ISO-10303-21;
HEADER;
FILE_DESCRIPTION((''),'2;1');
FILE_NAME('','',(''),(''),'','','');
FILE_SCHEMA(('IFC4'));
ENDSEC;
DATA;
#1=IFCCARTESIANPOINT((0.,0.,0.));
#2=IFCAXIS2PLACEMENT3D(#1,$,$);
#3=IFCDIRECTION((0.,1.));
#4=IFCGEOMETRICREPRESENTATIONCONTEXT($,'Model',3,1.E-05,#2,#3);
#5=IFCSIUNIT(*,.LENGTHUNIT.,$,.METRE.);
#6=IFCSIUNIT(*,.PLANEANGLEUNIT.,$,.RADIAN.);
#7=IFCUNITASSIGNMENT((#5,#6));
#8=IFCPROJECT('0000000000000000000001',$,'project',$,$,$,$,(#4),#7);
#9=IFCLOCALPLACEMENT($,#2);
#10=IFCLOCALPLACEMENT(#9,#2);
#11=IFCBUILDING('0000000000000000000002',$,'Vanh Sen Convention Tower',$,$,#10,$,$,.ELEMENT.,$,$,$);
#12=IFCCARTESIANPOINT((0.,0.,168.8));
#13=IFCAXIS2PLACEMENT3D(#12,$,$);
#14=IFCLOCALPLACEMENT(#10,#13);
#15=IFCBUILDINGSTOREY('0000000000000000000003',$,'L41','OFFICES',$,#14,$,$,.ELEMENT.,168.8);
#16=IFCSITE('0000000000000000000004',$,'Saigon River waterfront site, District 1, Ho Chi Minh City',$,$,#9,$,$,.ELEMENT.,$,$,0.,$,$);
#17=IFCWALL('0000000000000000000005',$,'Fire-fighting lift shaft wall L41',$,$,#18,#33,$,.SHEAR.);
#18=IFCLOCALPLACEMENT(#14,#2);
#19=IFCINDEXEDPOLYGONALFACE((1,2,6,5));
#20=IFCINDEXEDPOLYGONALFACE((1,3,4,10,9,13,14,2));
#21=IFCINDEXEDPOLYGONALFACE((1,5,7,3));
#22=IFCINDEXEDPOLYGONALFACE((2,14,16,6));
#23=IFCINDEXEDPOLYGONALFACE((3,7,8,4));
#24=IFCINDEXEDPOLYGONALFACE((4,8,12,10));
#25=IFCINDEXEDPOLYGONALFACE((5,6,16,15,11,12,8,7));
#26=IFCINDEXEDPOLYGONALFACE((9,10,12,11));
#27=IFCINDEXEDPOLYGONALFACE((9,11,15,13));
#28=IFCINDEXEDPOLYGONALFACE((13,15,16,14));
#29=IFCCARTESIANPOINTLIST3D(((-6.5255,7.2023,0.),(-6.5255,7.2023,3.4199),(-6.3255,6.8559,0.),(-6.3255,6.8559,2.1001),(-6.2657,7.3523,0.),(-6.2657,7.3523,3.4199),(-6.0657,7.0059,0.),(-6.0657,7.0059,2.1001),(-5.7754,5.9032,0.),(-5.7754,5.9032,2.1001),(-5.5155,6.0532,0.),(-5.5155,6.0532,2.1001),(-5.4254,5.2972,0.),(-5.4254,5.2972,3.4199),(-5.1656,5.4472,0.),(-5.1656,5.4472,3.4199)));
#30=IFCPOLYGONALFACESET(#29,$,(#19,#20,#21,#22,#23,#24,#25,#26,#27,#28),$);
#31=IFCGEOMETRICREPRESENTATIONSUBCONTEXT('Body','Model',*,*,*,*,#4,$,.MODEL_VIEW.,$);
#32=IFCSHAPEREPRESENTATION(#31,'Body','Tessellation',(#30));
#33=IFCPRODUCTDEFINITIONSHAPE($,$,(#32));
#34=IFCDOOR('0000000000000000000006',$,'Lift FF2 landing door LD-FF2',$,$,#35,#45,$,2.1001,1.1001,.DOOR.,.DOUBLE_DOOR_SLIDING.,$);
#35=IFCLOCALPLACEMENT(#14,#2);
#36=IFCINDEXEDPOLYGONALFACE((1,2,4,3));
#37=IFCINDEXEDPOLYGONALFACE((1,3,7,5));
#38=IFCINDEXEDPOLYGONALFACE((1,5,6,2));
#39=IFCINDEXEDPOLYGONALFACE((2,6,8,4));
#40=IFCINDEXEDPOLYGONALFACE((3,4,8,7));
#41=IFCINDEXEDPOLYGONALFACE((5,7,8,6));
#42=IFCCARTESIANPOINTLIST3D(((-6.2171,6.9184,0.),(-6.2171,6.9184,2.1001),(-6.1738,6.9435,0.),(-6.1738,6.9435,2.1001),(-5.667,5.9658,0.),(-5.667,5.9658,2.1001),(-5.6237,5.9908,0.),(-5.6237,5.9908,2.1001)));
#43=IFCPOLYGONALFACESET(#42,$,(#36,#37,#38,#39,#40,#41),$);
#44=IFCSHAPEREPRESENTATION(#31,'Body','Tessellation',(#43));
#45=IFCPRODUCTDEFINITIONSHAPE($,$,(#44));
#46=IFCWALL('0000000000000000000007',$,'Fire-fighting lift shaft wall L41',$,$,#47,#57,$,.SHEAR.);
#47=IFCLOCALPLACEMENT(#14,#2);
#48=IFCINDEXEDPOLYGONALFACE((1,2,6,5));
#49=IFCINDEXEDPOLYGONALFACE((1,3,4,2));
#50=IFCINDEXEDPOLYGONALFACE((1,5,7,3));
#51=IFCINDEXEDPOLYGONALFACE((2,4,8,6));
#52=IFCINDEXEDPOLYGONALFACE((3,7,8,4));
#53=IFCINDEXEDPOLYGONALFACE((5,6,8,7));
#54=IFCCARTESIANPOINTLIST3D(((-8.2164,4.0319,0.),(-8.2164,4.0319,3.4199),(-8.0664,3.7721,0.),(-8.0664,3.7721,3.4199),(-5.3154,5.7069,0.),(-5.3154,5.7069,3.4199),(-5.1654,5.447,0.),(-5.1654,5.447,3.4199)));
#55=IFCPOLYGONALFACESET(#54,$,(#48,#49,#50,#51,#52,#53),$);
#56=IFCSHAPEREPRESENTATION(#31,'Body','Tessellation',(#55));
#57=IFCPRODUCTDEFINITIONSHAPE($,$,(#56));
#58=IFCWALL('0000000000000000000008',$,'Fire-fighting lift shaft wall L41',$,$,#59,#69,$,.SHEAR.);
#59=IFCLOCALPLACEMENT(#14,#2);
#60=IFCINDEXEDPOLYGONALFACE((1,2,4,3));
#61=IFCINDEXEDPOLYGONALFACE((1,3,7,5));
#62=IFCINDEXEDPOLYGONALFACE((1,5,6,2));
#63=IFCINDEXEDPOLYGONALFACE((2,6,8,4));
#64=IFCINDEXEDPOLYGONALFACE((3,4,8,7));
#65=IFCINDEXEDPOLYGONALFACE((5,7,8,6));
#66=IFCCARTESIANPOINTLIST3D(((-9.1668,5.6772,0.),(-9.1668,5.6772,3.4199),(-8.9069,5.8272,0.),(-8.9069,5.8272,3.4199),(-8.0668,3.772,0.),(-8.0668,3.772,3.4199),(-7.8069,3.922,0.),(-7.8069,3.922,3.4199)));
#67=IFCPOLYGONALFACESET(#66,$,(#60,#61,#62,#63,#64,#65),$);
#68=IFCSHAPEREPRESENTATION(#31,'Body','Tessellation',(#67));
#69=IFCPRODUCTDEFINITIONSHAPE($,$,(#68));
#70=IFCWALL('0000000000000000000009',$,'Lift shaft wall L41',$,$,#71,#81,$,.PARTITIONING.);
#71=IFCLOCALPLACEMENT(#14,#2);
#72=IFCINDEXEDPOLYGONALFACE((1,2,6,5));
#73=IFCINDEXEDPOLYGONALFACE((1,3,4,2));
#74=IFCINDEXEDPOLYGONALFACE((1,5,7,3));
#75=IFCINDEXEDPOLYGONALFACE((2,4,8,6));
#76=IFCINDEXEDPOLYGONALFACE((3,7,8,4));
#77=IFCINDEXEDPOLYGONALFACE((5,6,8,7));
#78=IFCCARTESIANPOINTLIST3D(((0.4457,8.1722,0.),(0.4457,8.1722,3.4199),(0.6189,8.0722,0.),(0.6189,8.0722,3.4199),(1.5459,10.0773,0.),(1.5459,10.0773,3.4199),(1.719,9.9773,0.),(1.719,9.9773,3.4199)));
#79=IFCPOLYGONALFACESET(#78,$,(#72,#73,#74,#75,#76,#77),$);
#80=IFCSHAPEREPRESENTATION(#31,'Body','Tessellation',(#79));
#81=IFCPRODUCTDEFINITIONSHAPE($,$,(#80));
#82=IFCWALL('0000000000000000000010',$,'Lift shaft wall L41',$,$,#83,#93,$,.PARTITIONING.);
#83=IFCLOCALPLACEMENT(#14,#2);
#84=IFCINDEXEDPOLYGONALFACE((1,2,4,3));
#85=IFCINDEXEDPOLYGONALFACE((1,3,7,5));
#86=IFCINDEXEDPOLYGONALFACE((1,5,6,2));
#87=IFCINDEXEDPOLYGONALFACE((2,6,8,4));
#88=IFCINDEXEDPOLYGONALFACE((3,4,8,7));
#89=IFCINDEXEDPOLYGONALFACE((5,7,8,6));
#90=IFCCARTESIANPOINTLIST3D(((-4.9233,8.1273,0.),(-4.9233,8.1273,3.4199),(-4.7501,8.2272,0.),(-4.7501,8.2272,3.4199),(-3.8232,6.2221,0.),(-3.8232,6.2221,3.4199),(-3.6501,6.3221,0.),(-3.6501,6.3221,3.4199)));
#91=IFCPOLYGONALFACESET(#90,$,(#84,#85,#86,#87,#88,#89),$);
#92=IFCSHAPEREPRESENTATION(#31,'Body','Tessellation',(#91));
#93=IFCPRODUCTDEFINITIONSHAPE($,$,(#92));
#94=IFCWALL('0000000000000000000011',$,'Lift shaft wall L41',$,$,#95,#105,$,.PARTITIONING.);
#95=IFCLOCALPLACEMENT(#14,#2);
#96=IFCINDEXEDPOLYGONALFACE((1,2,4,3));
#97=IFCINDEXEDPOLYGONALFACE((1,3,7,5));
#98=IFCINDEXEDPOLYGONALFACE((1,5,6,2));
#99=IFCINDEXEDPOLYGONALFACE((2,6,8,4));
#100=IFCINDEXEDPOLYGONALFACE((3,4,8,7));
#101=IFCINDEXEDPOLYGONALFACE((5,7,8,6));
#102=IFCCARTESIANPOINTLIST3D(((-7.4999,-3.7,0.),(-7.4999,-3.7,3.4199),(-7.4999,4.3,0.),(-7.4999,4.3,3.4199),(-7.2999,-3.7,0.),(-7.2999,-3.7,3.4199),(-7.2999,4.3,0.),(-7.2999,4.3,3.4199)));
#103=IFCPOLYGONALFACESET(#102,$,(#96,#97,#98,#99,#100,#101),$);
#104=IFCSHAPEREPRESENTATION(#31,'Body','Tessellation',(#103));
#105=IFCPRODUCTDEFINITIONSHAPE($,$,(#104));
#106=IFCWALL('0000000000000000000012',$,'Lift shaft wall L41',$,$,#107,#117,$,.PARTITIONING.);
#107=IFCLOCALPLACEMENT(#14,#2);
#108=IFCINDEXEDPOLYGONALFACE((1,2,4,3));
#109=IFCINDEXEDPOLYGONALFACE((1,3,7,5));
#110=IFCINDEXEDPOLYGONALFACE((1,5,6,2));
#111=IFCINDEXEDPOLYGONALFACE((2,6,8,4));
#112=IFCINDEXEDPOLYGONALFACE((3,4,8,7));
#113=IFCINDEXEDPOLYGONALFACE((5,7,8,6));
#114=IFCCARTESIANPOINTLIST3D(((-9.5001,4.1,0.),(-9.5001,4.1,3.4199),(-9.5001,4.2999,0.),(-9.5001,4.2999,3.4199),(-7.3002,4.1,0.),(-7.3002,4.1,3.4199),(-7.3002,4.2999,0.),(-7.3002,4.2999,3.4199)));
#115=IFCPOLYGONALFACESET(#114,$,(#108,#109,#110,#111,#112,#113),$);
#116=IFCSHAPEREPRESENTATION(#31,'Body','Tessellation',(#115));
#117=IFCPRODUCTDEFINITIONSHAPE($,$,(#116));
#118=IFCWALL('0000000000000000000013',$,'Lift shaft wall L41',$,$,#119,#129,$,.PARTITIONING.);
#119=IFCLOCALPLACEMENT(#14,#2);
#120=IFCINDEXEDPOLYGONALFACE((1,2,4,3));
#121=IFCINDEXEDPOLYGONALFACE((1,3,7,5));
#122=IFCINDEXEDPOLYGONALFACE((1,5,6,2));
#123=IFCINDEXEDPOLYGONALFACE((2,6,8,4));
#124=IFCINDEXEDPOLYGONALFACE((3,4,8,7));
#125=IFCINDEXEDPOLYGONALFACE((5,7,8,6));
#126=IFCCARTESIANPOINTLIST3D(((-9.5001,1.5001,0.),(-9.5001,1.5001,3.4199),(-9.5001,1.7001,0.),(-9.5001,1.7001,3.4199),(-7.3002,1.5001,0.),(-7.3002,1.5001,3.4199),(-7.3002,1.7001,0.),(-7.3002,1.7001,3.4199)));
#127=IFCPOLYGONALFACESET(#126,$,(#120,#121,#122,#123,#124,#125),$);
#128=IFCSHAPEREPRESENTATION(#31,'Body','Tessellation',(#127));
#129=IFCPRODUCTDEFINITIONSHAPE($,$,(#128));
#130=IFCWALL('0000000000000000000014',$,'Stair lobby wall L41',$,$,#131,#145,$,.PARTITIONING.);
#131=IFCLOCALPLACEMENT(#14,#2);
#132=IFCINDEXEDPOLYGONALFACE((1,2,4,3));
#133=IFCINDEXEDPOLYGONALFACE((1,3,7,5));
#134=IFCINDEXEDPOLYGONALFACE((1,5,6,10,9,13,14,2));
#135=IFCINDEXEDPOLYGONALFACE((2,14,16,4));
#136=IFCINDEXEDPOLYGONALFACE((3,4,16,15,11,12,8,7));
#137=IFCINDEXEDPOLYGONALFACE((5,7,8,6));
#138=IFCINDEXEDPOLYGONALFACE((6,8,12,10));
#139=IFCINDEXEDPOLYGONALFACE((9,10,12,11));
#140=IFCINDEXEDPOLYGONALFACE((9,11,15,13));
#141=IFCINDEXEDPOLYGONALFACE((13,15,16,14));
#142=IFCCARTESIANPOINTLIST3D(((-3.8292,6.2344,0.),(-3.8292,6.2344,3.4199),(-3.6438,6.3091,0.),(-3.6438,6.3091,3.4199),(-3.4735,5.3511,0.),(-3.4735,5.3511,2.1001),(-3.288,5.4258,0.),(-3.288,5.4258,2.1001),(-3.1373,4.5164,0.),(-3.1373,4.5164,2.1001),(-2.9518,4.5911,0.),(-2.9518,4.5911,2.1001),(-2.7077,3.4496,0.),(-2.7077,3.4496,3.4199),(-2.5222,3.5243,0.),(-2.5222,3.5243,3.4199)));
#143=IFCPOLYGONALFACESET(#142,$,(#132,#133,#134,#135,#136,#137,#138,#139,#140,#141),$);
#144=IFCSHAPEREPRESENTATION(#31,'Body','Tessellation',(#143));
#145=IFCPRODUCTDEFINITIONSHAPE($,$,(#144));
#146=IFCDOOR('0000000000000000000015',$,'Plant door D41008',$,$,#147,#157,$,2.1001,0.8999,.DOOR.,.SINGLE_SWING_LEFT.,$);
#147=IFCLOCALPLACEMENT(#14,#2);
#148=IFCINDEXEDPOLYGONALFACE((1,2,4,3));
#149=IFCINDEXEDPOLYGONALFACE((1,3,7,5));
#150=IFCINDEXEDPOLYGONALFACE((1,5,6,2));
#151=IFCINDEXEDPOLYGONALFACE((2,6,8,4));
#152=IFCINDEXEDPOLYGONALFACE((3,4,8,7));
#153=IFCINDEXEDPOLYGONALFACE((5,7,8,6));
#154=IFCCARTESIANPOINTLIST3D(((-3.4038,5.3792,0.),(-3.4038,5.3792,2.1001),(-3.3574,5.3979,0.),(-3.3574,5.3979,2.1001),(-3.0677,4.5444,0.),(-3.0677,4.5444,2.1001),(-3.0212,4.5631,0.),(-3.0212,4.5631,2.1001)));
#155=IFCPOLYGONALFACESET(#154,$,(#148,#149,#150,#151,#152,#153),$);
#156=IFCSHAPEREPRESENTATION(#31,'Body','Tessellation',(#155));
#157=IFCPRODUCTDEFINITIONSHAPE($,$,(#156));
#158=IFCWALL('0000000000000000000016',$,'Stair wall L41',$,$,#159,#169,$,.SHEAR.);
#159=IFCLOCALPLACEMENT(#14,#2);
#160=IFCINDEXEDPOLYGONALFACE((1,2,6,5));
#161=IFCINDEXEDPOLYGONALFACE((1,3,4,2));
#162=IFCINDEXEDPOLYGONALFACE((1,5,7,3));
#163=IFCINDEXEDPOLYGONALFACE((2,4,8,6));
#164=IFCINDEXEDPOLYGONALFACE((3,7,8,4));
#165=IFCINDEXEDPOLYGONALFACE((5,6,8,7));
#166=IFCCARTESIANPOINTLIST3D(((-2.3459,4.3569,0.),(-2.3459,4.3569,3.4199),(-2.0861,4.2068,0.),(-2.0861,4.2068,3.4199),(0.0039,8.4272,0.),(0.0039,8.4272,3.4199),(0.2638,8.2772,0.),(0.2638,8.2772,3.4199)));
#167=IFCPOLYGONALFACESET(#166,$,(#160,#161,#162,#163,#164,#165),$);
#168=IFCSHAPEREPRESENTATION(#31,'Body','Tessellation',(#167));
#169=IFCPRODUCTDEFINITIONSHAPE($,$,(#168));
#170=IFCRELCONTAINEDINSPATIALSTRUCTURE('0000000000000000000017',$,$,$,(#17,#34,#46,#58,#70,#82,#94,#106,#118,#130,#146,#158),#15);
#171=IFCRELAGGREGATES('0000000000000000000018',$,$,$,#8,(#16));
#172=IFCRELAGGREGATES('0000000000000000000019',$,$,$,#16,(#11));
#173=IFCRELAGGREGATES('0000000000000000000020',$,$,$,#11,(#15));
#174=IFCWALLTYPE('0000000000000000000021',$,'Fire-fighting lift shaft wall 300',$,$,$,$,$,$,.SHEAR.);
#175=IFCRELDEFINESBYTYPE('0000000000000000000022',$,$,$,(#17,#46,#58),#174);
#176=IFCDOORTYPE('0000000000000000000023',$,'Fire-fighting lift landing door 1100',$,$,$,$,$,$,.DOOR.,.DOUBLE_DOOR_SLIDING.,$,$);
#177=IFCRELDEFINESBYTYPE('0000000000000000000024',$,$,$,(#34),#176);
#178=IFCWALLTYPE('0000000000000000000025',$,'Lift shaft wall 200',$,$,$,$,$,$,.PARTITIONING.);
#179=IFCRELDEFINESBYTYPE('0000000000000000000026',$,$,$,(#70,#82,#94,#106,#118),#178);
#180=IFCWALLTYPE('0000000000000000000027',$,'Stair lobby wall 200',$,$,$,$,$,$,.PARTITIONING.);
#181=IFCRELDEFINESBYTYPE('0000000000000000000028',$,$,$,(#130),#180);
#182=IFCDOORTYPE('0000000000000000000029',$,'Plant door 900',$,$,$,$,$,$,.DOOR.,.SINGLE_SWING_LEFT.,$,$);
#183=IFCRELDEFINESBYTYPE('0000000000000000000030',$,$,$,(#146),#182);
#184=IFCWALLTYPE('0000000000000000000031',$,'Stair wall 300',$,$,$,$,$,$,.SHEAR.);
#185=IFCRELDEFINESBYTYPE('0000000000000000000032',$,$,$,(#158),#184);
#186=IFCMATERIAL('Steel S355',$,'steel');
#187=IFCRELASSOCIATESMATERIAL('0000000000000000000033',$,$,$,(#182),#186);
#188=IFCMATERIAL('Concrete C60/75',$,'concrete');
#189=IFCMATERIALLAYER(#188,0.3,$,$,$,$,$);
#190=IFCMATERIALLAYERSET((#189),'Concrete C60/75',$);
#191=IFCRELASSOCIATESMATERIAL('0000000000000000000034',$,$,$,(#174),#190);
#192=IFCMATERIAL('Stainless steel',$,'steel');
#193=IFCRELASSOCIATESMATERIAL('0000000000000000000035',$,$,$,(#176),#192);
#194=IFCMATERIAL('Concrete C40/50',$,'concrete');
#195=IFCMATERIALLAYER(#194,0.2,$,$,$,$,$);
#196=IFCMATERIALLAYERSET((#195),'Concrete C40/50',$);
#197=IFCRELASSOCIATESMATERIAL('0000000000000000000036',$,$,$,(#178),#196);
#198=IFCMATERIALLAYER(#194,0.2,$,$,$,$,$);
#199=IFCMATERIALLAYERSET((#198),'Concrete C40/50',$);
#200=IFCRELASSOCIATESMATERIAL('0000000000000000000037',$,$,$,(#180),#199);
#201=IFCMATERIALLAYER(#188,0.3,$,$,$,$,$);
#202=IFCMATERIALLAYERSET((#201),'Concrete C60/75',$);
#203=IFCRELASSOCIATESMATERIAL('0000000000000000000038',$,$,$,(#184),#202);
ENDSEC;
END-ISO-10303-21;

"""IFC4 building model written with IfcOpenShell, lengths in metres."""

from ifc_helpers import new_model, si_unit, direction, frame, frame_2d, origin, place, context, subcontext, project, spatial, rectangle, extrude, material, layer, layer_set, type_object, element, fill, save


model = new_model("IFC4")

# Units and contexts
model_context = context("Model", 3, precision=1e-05, world=origin(), true_north=direction((0.0, 1.0)))
body_context = subcontext(model_context, "Body", "Model", "MODEL_VIEW")
ifc_project = project(units=[si_unit("LENGTHUNIT", "METRE"), si_unit("PLANEANGLEUNIT", "RADIAN")], contexts=[model_context])

# Site, building, storey
site_placement = place(None, origin())
site = spatial("IfcSite", under=ifc_project, at=site_placement, Name="Saigon River waterfront site, District 1, Ho Chi Minh City", CompositionType="ELEMENT", RefElevation=0.0)
building_placement = place(site_placement, origin())
building = spatial("IfcBuilding", under=site, at=building_placement, Name="Vanh Sen Convention Tower", CompositionType="ELEMENT")
storey_placement = place(building_placement, frame((0.0, 0.0, 168.8)))
storey = spatial("IfcBuildingStorey", under=building, at=storey_placement, Name="L41", Description="OFFICES", CompositionType="ELEMENT", Elevation=168.8)

# Shared definitions
ifc_material_1 = material(Name="Steel S355", Category="steel")
door_type_1 = type_object("IfcDoorType", Name="Plant door 900", OperationType="SINGLE_SWING_LEFT", PredefinedType="DOOR", material=ifc_material_1)
ifc_material_2 = material(Name="Stainless steel", Category="steel")

# Wall, opening, door
ifc_material_3 = material(Name="Concrete C60/75", Category="concrete")
ifc_layer_1 = layer(ifc_material_3, 0.3)
ifc_layer_set_1 = layer_set([ifc_layer_1], Name="Concrete C60/75")
wall_type_1 = type_object("IfcWallType", Name="Fire-fighting lift shaft wall 300", PredefinedType="SHEAR", material=ifc_layer_set_1)
wall_1_placement = place(storey_placement, frame((-5.2954, 5.3721, 0.0), z_axis=(0.0, 0.0, 1.0), x_axis=(-0.500078, 0.86598, 0.0)))
wall_1 = element("IfcWall", 1, at=wall_1_placement, inside=storey, type_object=wall_type_1, Name="Fire-fighting lift shaft wall L41", PredefinedType="SHEAR", context=body_context, shape_type="SweptSolid", body=[
    extrude(rectangle(XDim=2.2, YDim=0.3, at=frame_2d((1.1001, 0.0))), origin(), (0.0, 0.0, 1.0), 3.4199),
])
opening_1_placement = place(wall_1_placement, frame((0.7, 0.0, 0.0)))
opening_1 = element("IfcOpeningElement", 2, at=opening_1_placement, cuts=wall_1, PredefinedType="OPENING", context=body_context, shape_type="SweptSolid", body=[
    extrude(rectangle(XDim=1.1001, YDim=2.1001, at=frame_2d((0.55, 1.05))), frame((0.0, 0.1599, 0.0), z_axis=(0.0, -1.0, 0.0), x_axis=(1.0, 0.0, 0.0)), (0.0, 0.0, 1.0), 0.3201),
])
door_type_2 = type_object("IfcDoorType", Name="Fire-fighting lift landing door 1100", OperationType="DOUBLE_DOOR_SLIDING", PredefinedType="DOOR", material=ifc_material_2)
door_1_placement = place(opening_1_placement, origin())
door_1 = element("IfcDoor", 3, at=door_1_placement, inside=storey, type_object=door_type_2, Name="Lift FF2 landing door LD-FF2", OperationType="DOUBLE_DOOR_SLIDING", OverallHeight=2.1001, OverallWidth=1.1001, PredefinedType="DOOR", context=body_context, shape_type="SweptSolid", body=[
    extrude(rectangle(XDim=1.1001, YDim=2.1001, at=frame_2d((0.55, 1.05))), frame((0.0, 0.0249, 0.0), z_axis=(0.0, -1.0, 0.0), x_axis=(1.0, 0.0, 0.0)), (0.0, 0.0, 1.0), 0.05),
])
fill(opening_1, door_1)

# Walls
wall_2_placement = place(storey_placement, frame((-5.2405, 5.5769, 0.0), z_axis=(0.0, 0.0, 1.0), x_axis=(-0.866014, -0.500019, 0.0)))
element("IfcWall", 4, at=wall_2_placement, inside=storey, type_object=wall_type_1, Name="Fire-fighting lift shaft wall L41", PredefinedType="SHEAR", context=body_context, shape_type="SweptSolid", body=[
    extrude(rectangle(XDim=3.3499, YDim=0.3, at=frame_2d((1.6748, 0.0))), origin(), (0.0, 0.0, 1.0), 3.4199),
])
wall_3_placement = place(storey_placement, frame((-7.9368, 3.8469, 0.0), z_axis=(0.0, 0.0, 1.0), x_axis=(-0.50003, 0.866008, 0.0)))
element("IfcWall", 5, at=wall_3_placement, inside=storey, type_object=wall_type_1, Name="Fire-fighting lift shaft wall L41", PredefinedType="SHEAR", context=body_context, shape_type="SweptSolid", body=[
    extrude(rectangle(XDim=2.2, YDim=0.3, at=frame_2d((1.1001, 0.0))), origin(), (0.0, 0.0, 1.0), 3.4199),
])
ifc_material_4 = material(Name="Concrete C40/50", Category="concrete")
ifc_layer_2 = layer(ifc_material_4, 0.2)
ifc_layer_set_2 = layer_set([ifc_layer_2], Name="Concrete C40/50")
wall_type_2 = type_object("IfcWallType", Name="Lift shaft wall 200", PredefinedType="PARTITIONING", material=ifc_layer_set_2)
for number, where, z_axis, x_axis, name in (
    (6, (0.5322, 8.1221, 0.0), (0.0, 0.0, 1.0), (0.500078, 0.86598, 0.0), "Lift shaft wall L41"),
    (7, (-3.7366, 6.272, 0.0), (0.0, 0.0, 1.0), (-0.50003, 0.866008, 0.0), "Lift shaft wall L41"),
):
    element("IfcWall", number, at=place(storey_placement, frame(where, z_axis=z_axis, x_axis=x_axis)), inside=storey, type_object=wall_type_2, Name=name, PredefinedType="PARTITIONING", context=body_context, shape_type="SweptSolid", body=[
        extrude(rectangle(XDim=2.2, YDim=0.2, at=frame_2d((1.1001, 0.0))), origin(), (0.0, 0.0, 1.0), 3.4199),
    ])
wall_4_placement = place(storey_placement, frame((-7.3999, 4.3, 0.0), z_axis=(0.0, 0.0, 1.0), x_axis=(0.0, -1.0, 0.0)))
element("IfcWall", 8, at=wall_4_placement, inside=storey, type_object=wall_type_2, Name="Lift shaft wall L41", PredefinedType="PARTITIONING", context=body_context, shape_type="SweptSolid", body=[
    extrude(rectangle(XDim=8.0, YDim=0.2, at=frame_2d((4.0, 0.0))), origin(), (0.0, 0.0, 1.0), 3.4199),
])
for number, where, z_axis, x_axis, name in (
    (9, (-7.3, 4.2, 0.0), (0.0, 0.0, 1.0), (-1.0, 0.0, 0.0), "Lift shaft wall L41"),
    (10, (-7.3, 1.6001, 0.0), (0.0, 0.0, 1.0), (-1.0, 0.0, 0.0), "Lift shaft wall L41"),
):
    element("IfcWall", number, at=place(storey_placement, frame(where, z_axis=z_axis, x_axis=x_axis)), inside=storey, type_object=wall_type_2, Name=name, PredefinedType="PARTITIONING", context=body_context, shape_type="SweptSolid", body=[
        extrude(rectangle(XDim=2.2, YDim=0.2, at=frame_2d((1.1001, 0.0))), origin(), (0.0, 0.0, 1.0), 3.4199),
    ])

# Wall, opening, door
ifc_layer_3 = layer(ifc_material_4, 0.2)
ifc_layer_set_3 = layer_set([ifc_layer_3], Name="Concrete C40/50")
wall_type_3 = type_object("IfcWallType", Name="Stair lobby wall 200", PredefinedType="PARTITIONING", material=ifc_layer_set_3)
wall_5_placement = place(storey_placement, frame((-2.615, 3.4871, 0.0), z_axis=(0.0, 0.0, 1.0), x_axis=(-0.373577, 0.927599, 0.0)))
wall_5 = element("IfcWall", 11, at=wall_5_placement, inside=storey, type_object=wall_type_3, Name="Stair lobby wall L41", PredefinedType="PARTITIONING", context=body_context, shape_type="SweptSolid", body=[
    extrude(rectangle(XDim=3.0022, YDim=0.2, at=frame_2d((1.501, 0.0))), origin(), (0.0, 0.0, 1.0), 3.4199),
])
opening_2_placement = place(wall_5_placement, frame((1.1499, 0.0, 0.0)))
opening_2 = element("IfcOpeningElement", 12, at=opening_2_placement, cuts=wall_5, PredefinedType="OPENING", context=body_context, shape_type="SweptSolid", body=[
    extrude(rectangle(XDim=0.8999, YDim=2.1001, at=frame_2d((0.45, 1.05))), frame((0.0, 0.1099, 0.0), z_axis=(0.0, -1.0, 0.0), x_axis=(1.0, 0.0, 0.0)), (0.0, 0.0, 1.0), 0.22),
])
door_2_placement = place(opening_2_placement, origin())
door_2 = element("IfcDoor", 13, at=door_2_placement, inside=storey, type_object=door_type_1, Name="Plant door D41008", OperationType="SINGLE_SWING_LEFT", OverallHeight=2.1001, OverallWidth=0.8999, PredefinedType="DOOR", context=body_context, shape_type="SweptSolid", body=[
    extrude(rectangle(XDim=0.8999, YDim=2.1001, at=frame_2d((0.45, 1.05))), frame((0.0, 0.0249, 0.0), z_axis=(0.0, -1.0, 0.0), x_axis=(1.0, 0.0, 0.0)), (0.0, 0.0, 1.0), 0.05),
])
fill(opening_2, door_2)

# Wall
ifc_layer_4 = layer(ifc_material_3, 0.3)
ifc_layer_set_4 = layer_set([ifc_layer_4], Name="Concrete C60/75")
wall_type_4 = type_object("IfcWallType", Name="Stair wall 300", PredefinedType="SHEAR", material=ifc_layer_set_4)
wall_6_placement = place(storey_placement, frame((-2.2161, 4.2817, 0.0), z_axis=(0.0, 0.0, 1.0), x_axis=(0.499977, 0.866039, 0.0)))
element("IfcWall", 14, at=wall_6_placement, inside=storey, type_object=wall_type_4, Name="Stair wall L41", PredefinedType="SHEAR", context=body_context, shape_type="SweptSolid", body=[
    extrude(rectangle(XDim=4.7, YDim=0.3, at=frame_2d((2.3501, 0.0))), origin(), (0.0, 0.0, 1.0), 3.4199),
])

save(model, "model.ifc")
